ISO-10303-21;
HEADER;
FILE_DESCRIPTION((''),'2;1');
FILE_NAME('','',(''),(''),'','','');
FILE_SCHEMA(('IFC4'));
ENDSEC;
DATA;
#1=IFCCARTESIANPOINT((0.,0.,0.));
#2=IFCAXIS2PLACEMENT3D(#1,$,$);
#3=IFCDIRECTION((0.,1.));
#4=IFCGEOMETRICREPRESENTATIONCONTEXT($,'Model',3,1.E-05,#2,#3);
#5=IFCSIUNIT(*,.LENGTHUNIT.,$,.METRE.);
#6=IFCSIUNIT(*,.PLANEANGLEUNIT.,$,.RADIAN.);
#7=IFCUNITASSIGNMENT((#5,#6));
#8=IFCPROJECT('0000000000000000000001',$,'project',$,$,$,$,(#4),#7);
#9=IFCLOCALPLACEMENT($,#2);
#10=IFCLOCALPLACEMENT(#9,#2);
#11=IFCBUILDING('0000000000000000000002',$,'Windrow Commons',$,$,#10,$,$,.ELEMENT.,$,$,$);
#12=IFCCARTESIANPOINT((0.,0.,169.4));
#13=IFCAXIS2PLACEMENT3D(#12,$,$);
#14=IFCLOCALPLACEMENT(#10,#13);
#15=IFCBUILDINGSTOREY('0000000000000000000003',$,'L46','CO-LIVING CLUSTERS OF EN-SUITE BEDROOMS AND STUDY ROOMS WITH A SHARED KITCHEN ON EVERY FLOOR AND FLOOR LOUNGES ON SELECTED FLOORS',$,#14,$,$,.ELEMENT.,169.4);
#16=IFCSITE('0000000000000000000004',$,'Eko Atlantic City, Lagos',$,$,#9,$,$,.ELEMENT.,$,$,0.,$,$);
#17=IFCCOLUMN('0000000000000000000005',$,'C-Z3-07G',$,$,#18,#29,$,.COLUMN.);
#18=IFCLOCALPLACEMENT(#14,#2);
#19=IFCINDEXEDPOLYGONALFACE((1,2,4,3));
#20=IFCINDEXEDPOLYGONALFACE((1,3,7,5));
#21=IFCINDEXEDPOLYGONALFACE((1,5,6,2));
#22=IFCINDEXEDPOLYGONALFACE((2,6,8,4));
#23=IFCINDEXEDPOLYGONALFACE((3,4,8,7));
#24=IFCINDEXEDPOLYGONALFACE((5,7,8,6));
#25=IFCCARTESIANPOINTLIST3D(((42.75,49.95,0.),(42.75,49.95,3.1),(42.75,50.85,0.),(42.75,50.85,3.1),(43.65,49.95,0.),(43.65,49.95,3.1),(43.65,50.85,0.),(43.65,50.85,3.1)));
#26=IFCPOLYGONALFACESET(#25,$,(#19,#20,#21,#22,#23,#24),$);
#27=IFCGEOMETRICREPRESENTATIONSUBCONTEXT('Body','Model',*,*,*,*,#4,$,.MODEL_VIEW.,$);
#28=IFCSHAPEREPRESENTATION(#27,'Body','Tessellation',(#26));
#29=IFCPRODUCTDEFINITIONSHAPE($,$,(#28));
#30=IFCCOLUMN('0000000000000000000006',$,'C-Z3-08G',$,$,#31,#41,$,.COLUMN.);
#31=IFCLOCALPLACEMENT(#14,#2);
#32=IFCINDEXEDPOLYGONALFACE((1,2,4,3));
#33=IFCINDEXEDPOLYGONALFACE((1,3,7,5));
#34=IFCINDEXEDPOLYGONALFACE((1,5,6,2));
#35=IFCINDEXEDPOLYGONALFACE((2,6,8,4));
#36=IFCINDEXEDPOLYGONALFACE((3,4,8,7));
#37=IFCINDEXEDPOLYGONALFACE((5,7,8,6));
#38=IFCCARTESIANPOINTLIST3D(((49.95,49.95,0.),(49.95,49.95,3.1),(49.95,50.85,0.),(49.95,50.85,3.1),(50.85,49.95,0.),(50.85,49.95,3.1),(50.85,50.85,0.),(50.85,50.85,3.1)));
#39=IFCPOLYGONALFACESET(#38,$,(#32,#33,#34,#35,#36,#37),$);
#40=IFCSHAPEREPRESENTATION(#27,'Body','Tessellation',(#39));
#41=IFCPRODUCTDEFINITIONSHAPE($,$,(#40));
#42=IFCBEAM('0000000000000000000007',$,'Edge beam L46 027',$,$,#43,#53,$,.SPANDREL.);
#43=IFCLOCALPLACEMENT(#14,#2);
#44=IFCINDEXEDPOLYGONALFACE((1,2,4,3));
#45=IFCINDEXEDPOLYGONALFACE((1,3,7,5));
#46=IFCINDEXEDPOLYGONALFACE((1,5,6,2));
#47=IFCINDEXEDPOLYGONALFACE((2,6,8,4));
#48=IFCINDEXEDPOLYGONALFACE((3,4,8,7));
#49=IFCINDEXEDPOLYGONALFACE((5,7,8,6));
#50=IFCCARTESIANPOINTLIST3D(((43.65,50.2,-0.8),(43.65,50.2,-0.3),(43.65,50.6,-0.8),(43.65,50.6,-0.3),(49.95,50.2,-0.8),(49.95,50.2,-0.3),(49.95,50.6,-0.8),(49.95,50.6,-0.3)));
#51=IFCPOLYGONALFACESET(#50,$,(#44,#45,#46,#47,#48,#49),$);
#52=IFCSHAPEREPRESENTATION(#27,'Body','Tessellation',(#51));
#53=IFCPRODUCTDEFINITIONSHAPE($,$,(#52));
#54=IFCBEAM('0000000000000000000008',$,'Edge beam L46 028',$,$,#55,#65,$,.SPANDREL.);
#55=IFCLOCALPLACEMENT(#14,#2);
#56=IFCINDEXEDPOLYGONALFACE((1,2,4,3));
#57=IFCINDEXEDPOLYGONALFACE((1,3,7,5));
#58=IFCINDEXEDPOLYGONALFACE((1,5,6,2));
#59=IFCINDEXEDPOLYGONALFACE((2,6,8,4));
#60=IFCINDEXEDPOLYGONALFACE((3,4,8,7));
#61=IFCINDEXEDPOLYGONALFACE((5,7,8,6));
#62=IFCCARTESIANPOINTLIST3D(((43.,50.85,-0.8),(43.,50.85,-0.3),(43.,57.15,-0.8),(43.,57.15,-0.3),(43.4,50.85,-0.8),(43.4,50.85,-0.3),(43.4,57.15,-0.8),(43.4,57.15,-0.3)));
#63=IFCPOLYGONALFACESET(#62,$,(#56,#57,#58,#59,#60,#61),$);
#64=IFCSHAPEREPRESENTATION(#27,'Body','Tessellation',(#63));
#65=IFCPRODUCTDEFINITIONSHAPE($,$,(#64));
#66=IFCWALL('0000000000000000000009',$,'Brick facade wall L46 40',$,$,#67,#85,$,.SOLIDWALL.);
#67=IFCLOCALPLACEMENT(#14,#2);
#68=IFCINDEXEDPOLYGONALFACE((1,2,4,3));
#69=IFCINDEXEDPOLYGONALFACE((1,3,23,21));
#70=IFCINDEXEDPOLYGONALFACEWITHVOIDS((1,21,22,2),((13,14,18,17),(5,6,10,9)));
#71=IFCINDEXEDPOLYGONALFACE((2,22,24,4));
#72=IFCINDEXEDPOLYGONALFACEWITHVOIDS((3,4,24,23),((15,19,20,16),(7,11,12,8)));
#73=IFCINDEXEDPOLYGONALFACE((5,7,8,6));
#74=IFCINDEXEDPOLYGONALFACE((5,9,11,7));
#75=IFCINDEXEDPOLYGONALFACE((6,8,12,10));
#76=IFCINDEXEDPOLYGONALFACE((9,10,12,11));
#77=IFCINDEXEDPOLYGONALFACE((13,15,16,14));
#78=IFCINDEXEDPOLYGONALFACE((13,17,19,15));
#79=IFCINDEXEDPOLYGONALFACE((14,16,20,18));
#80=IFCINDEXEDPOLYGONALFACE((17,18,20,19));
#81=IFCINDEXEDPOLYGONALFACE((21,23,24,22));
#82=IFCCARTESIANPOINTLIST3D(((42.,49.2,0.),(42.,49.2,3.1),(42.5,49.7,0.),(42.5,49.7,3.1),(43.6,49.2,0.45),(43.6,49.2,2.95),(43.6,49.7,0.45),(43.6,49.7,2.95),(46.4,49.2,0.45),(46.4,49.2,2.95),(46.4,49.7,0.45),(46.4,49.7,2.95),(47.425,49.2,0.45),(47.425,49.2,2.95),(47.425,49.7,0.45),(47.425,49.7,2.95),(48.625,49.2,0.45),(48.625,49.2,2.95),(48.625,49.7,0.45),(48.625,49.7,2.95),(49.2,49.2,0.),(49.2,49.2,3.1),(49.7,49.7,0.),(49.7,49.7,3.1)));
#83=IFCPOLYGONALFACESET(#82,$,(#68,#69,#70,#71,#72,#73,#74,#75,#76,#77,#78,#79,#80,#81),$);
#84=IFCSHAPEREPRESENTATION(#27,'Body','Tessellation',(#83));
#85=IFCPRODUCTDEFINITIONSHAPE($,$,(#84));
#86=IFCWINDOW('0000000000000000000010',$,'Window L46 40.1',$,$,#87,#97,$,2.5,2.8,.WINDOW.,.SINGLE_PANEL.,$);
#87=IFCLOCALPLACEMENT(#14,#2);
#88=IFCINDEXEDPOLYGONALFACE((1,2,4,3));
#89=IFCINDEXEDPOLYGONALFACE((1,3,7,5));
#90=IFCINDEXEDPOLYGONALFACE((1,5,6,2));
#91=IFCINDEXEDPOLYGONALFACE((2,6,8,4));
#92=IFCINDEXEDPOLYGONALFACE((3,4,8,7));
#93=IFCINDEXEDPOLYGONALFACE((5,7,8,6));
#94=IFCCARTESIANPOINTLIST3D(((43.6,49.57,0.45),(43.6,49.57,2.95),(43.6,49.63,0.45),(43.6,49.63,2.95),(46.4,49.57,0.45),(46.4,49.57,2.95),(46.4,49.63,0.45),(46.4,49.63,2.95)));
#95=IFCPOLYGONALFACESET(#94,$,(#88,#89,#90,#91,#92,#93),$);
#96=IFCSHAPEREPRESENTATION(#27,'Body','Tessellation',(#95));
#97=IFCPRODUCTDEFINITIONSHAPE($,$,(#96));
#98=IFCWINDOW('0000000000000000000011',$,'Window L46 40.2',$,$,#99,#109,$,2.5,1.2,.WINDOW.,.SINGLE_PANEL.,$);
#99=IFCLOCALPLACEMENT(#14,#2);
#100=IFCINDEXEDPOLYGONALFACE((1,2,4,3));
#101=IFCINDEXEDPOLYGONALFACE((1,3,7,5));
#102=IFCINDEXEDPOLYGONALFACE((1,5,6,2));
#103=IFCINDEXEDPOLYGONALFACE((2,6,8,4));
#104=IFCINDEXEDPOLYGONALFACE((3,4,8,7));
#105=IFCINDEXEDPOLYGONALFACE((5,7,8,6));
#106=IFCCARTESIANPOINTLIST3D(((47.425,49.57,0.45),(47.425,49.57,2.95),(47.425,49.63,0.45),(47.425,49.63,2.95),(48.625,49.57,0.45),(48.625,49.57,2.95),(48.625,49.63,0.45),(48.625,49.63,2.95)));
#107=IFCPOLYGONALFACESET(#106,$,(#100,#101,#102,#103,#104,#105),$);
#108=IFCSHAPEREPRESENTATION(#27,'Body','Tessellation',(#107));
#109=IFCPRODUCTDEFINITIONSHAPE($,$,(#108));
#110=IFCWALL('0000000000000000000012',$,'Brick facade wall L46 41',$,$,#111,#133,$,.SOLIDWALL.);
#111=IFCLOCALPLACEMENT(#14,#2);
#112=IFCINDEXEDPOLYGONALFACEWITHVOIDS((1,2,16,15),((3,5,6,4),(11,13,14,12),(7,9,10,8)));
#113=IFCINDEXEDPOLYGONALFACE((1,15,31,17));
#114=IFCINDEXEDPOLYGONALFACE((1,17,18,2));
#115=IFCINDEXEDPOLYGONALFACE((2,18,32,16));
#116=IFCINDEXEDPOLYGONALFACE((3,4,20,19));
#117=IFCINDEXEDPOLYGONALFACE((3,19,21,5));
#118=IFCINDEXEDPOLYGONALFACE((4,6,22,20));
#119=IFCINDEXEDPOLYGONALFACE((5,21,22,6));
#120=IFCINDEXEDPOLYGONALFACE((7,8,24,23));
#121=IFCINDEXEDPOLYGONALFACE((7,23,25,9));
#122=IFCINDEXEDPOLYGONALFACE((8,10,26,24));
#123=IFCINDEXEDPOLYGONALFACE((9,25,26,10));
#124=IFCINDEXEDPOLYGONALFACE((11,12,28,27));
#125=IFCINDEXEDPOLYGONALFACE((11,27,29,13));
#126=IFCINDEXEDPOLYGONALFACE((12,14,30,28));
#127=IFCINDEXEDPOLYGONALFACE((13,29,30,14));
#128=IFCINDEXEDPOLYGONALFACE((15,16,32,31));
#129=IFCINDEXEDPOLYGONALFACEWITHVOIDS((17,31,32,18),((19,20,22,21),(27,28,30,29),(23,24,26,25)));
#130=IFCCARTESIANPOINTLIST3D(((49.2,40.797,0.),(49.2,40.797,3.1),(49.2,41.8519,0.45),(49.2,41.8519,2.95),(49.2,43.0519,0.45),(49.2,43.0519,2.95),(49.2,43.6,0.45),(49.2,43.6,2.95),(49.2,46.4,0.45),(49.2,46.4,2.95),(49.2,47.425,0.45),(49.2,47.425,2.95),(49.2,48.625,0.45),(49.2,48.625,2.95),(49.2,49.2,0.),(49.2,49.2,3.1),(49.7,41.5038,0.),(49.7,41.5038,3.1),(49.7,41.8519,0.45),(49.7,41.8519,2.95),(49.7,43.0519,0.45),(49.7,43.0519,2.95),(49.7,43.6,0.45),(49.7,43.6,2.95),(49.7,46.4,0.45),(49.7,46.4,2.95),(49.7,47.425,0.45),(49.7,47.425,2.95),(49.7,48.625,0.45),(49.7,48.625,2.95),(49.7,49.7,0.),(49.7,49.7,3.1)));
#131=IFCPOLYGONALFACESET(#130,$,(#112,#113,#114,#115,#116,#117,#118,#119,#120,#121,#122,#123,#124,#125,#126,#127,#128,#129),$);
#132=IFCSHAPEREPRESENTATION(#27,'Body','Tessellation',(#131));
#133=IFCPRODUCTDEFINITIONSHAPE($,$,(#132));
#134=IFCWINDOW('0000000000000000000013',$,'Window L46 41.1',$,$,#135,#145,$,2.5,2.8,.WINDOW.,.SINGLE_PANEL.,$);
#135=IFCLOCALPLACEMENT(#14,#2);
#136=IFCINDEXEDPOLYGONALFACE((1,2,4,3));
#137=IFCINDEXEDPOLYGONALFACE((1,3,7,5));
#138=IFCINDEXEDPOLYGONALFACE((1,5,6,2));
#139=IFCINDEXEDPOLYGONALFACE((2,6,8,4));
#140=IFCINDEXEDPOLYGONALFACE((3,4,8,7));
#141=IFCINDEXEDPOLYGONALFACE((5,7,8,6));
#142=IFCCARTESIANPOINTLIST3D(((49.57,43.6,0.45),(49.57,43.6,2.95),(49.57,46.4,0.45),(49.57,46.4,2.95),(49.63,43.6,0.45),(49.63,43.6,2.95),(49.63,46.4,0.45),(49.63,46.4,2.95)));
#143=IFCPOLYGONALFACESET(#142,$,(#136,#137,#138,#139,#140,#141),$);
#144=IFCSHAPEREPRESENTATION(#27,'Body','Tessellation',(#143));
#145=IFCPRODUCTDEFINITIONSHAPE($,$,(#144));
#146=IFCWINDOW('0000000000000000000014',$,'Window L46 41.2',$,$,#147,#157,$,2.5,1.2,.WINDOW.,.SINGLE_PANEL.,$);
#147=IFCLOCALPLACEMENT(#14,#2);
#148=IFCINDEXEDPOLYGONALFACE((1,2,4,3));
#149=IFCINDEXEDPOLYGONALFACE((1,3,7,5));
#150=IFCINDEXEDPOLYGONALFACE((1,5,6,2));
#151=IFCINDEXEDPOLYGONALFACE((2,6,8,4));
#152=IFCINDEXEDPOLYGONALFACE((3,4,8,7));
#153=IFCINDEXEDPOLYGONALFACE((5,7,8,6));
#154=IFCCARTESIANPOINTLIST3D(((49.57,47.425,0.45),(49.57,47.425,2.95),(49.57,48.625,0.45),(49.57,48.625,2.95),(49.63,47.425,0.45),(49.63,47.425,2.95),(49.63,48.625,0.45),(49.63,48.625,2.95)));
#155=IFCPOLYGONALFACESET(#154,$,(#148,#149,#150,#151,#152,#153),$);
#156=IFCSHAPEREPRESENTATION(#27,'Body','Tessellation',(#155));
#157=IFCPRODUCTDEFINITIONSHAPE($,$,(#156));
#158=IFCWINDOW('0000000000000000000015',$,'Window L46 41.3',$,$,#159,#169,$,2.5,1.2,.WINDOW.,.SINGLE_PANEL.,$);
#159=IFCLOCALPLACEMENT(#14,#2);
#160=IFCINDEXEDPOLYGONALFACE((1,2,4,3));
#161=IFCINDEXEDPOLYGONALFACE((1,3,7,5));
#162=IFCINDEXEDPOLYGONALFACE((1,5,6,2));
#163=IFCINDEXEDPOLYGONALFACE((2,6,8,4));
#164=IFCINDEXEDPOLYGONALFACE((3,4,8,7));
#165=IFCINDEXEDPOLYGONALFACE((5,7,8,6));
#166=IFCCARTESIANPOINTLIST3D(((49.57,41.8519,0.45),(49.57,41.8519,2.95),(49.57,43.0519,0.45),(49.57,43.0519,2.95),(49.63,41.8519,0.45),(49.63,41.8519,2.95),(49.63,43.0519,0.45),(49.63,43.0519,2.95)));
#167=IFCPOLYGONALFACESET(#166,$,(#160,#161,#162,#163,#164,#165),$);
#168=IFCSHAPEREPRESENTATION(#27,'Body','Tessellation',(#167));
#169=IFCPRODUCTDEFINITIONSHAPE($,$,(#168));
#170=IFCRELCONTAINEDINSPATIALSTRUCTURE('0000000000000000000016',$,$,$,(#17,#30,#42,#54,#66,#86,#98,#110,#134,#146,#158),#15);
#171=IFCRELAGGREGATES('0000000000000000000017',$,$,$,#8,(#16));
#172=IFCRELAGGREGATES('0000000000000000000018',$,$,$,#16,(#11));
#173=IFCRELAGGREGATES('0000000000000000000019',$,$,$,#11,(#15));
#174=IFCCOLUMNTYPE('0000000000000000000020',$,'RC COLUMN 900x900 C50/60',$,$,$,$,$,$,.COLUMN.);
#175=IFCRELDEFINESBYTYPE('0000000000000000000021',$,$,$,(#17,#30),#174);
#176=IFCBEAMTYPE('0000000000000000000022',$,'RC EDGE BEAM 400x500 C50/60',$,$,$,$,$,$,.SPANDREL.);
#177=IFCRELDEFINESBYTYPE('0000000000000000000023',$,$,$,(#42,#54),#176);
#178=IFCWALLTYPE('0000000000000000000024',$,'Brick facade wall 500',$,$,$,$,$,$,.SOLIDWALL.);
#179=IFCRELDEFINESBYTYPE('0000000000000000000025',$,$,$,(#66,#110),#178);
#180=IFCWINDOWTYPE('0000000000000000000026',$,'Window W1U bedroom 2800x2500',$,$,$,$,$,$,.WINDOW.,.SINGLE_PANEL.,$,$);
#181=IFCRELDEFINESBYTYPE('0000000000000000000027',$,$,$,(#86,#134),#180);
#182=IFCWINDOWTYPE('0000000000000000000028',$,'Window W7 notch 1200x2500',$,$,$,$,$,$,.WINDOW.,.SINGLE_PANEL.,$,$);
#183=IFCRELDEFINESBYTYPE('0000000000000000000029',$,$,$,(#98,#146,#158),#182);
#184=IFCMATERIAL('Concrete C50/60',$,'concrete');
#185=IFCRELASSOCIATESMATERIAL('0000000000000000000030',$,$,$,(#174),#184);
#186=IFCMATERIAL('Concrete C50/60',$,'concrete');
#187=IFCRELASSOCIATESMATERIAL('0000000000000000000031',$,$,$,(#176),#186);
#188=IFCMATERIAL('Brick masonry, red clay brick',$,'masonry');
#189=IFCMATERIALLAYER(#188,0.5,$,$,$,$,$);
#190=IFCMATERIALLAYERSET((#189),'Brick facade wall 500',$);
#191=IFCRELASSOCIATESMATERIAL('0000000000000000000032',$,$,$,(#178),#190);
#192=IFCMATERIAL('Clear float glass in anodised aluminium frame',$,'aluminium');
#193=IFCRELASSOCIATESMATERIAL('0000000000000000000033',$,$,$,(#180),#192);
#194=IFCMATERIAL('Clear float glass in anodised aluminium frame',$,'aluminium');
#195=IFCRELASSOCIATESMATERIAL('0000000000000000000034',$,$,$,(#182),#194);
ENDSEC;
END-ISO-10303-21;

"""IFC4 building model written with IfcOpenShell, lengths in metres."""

from ifc_helpers import new_model, si_unit, direction, frame, frame_2d, origin, origin_2d, place, context, subcontext, project, spatial, polyline, rectangle, outline, extrude, material, layer, layer_set, material_profile, profile_set, type_object, element, fill, save


model = new_model("IFC4")

# Units and contexts
model_context = context("Model", 3, precision=1e-05, world=origin(), true_north=direction((0.0, 1.0)))
body_context = subcontext(model_context, "Body", "Model", "MODEL_VIEW")
ifc_project = project(units=[si_unit("LENGTHUNIT", "METRE"), si_unit("PLANEANGLEUNIT", "RADIAN")], contexts=[model_context])

# Site, building, storey
site_placement = place(None, origin())
site = spatial("IfcSite", under=ifc_project, at=site_placement, Name="Eko Atlantic City, Lagos", CompositionType="ELEMENT", RefElevation=0.0)
building_placement = place(site_placement, origin())
building = spatial("IfcBuilding", under=site, at=building_placement, Name="Windrow Commons", CompositionType="ELEMENT")
storey_placement = place(building_placement, frame((0.0, 0.0, 169.4)))
storey = spatial("IfcBuildingStorey", under=building, at=storey_placement, Name="L46", Description="CO-LIVING CLUSTERS OF EN-SUITE BEDROOMS AND STUDY ROOMS WITH A SHARED KITCHEN ON EVERY FLOOR AND FLOOR LOUNGES ON SELECTED FLOORS", CompositionType="ELEMENT", Elevation=169.4)

# Columns
ifc_material_1 = material(Name="Concrete C50/60", Category="concrete")
ifc_material_profile_1 = material_profile(ifc_material_1, rectangle(XDim=0.9, YDim=0.9, at=origin_2d()))
ifc_profile_set_1 = profile_set([ifc_material_profile_1], Name="Concrete C50/60")
column_type = type_object("IfcColumnType", Name="RC COLUMN 900x900 C50/60", PredefinedType="COLUMN", material=ifc_profile_set_1)
for number, where, z_axis, x_axis, name in (
    (1, (43.2, 50.4, 0.0), (0.0, 0.0, 1.0), (1.0, 0.0, 0.0), "C-Z3-07G"),
    (2, (50.4, 50.4, 0.0), (0.0, 0.0, 1.0), (1.0, 0.0, 0.0), "C-Z3-08G"),
):
    element("IfcColumn", number, at=place(storey_placement, frame(where, z_axis=z_axis, x_axis=x_axis)), inside=storey, type_object=column_type, Name=name, PredefinedType="COLUMN", context=body_context, shape_type="SweptSolid", body=[
        extrude(rectangle(XDim=0.9, YDim=0.9, at=origin_2d()), origin(), (0.0, 0.0, 1.0), 3.1),
    ])

# Beams
ifc_material_2 = material(Name="Concrete C50/60", Category="concrete")
ifc_material_profile_2 = material_profile(ifc_material_2, rectangle(XDim=0.4, YDim=0.5, at=origin_2d()))
ifc_profile_set_2 = profile_set([ifc_material_profile_2], Name="Concrete C50/60")
beam_type = type_object("IfcBeamType", Name="RC EDGE BEAM 400x500 C50/60", PredefinedType="SPANDREL", material=ifc_profile_set_2)
for number, where, z_axis, x_axis, name in (
    (3, (49.95, 50.4, -0.55), (-1.0, 0.0, 0.0), (0.0, -1.0, 0.0), "Edge beam L46 027"),
    (4, (43.2, 50.85, -0.55), (0.0, 1.0, 0.0), (-1.0, 0.0, 0.0), "Edge beam L46 028"),
):
    element("IfcBeam", number, at=place(storey_placement, frame(where, z_axis=z_axis, x_axis=x_axis)), inside=storey, type_object=beam_type, Name=name, PredefinedType="SPANDREL", context=body_context, shape_type="SweptSolid", body=[
        extrude(rectangle(XDim=0.4, YDim=0.5, at=origin_2d()), origin(), (0.0, 0.0, 1.0), 6.3),
    ])

# Walls, openings, windows
ifc_material_3 = material(Name="Brick masonry, red clay brick", Category="masonry")
ifc_layer_1 = layer(ifc_material_3, 0.5)
ifc_layer_set_1 = layer_set([ifc_layer_1], Name="Brick facade wall 500")
wall_type_1 = type_object("IfcWallType", Name="Brick facade wall 500", PredefinedType="SOLIDWALL", material=ifc_layer_set_1)
wall_1_placement = place(storey_placement, frame((42.25, 49.45, 0.0), z_axis=(0.0, 0.0, 1.0), x_axis=(1.0, 0.0, 0.0)))
wall_1 = element("IfcWall", 5, at=wall_1_placement, inside=storey, type_object=wall_type_1, Name="Brick facade wall L46 40", PredefinedType="SOLIDWALL", context=body_context, shape_type="SweptSolid", body=[
    extrude(outline(polyline([(-0.25, -0.25), (6.95, -0.25), (7.45, 0.25), (0.25, 0.25), (-0.25, -0.25)])), origin(), (0.0, 0.0, 1.0), 3.1),
])
opening_1_placement = place(wall_1_placement, frame((1.35, 0.0, 0.45)))
opening_1 = element("IfcOpeningElement", 6, at=opening_1_placement, cuts=wall_1, PredefinedType="OPENING", context=body_context, shape_type="SweptSolid", body=[
    extrude(rectangle(XDim=2.8, YDim=2.5, at=frame_2d((1.4, 1.25))), frame((0.0, 0.26, 0.0), z_axis=(0.0, -1.0, 0.0), x_axis=(1.0, 0.0, 0.0)), (0.0, 0.0, 1.0), 0.52),
])
opening_2_placement = place(wall_1_placement, frame((5.175, 0.0, 0.45)))
opening_2 = element("IfcOpeningElement", 7, at=opening_2_placement, cuts=wall_1, PredefinedType="OPENING", context=body_context, shape_type="SweptSolid", body=[
    extrude(rectangle(XDim=1.2, YDim=2.5, at=frame_2d((0.6, 1.25))), frame((0.0, 0.26, 0.0), z_axis=(0.0, -1.0, 0.0), x_axis=(1.0, 0.0, 0.0)), (0.0, 0.0, 1.0), 0.52),
])
ifc_material_4 = material(Name="Clear float glass in anodised aluminium frame", Category="aluminium")
window_type_1 = type_object("IfcWindowType", Name="Window W1U bedroom 2800x2500", PartitioningType="SINGLE_PANEL", PredefinedType="WINDOW", material=ifc_material_4)
window_1_placement = place(opening_1_placement, origin())
window_1 = element("IfcWindow", 8, at=window_1_placement, inside=storey, type_object=window_type_1, Name="Window L46 40.1", OverallHeight=2.5, OverallWidth=2.8, PartitioningType="SINGLE_PANEL", PredefinedType="WINDOW", context=body_context, shape_type="SweptSolid", body=[
    extrude(rectangle(XDim=2.8, YDim=2.5, at=frame_2d((1.4, 1.25))), frame((0.0, 0.18, 0.0), z_axis=(0.0, -1.0, 0.0), x_axis=(1.0, 0.0, 0.0)), (0.0, 0.0, 1.0), 0.06),
])
fill(opening_1, window_1)
ifc_material_5 = material(Name="Clear float glass in anodised aluminium frame", Category="aluminium")
window_type_2 = type_object("IfcWindowType", Name="Window W7 notch 1200x2500", PartitioningType="SINGLE_PANEL", PredefinedType="WINDOW", material=ifc_material_5)
window_2_placement = place(opening_2_placement, origin())
window_2 = element("IfcWindow", 9, at=window_2_placement, inside=storey, type_object=window_type_2, Name="Window L46 40.2", OverallHeight=2.5, OverallWidth=1.2, PartitioningType="SINGLE_PANEL", PredefinedType="WINDOW", context=body_context, shape_type="SweptSolid", body=[
    extrude(rectangle(XDim=1.2, YDim=2.5, at=frame_2d((0.6, 1.25))), frame((0.0, 0.18, 0.0), z_axis=(0.0, -1.0, 0.0), x_axis=(1.0, 0.0, 0.0)), (0.0, 0.0, 1.0), 0.06),
])
fill(opening_2, window_2)
wall_2_placement = place(storey_placement, frame((49.45, 49.45, 0.0), z_axis=(0.0, 0.0, 1.0), x_axis=(0.0, -1.0, 0.0)))
wall_2 = element("IfcWall", 10, at=wall_2_placement, inside=storey, type_object=wall_type_1, Name="Brick facade wall L46 41", PredefinedType="SOLIDWALL", context=body_context, shape_type="SweptSolid", body=[
    extrude(outline(polyline([(0.25, -0.25), (8.653, -0.25), (7.9462, 0.25), (-0.25, 0.25), (0.25, -0.25)])), origin(), (0.0, 0.0, 1.0), 3.1),
])
opening_3_placement = place(wall_2_placement, frame((3.05, 0.0, 0.45)))
opening_3 = element("IfcOpeningElement", 11, at=opening_3_placement, cuts=wall_2, PredefinedType="OPENING", context=body_context, shape_type="SweptSolid", body=[
    extrude(rectangle(XDim=2.8, YDim=2.5, at=frame_2d((1.4, 1.25))), frame((0.0, 0.26, 0.0), z_axis=(0.0, -1.0, 0.0), x_axis=(1.0, 0.0, 0.0)), (0.0, 0.0, 1.0), 0.52),
])
opening_4_placement = place(wall_2_placement, frame((0.825, 0.0, 0.45)))
opening_4 = element("IfcOpeningElement", 12, at=opening_4_placement, cuts=wall_2, PredefinedType="OPENING", context=body_context, shape_type="SweptSolid", body=[
    extrude(rectangle(XDim=1.2, YDim=2.5, at=frame_2d((0.6, 1.25))), frame((0.0, 0.26, 0.0), z_axis=(0.0, -1.0, 0.0), x_axis=(1.0, 0.0, 0.0)), (0.0, 0.0, 1.0), 0.52),
])
opening_5_placement = place(wall_2_placement, frame((6.3981, 0.0, 0.45)))
opening_5 = element("IfcOpeningElement", 13, at=opening_5_placement, cuts=wall_2, PredefinedType="OPENING", context=body_context, shape_type="SweptSolid", body=[
    extrude(rectangle(XDim=1.2, YDim=2.5, at=frame_2d((0.6, 1.25))), frame((0.0, 0.26, 0.0), z_axis=(0.0, -1.0, 0.0), x_axis=(1.0, 0.0, 0.0)), (0.0, 0.0, 1.0), 0.52),
])
window_3_placement = place(opening_3_placement, origin())
window_3 = element("IfcWindow", 14, at=window_3_placement, inside=storey, type_object=window_type_1, Name="Window L46 41.1", OverallHeight=2.5, OverallWidth=2.8, PartitioningType="SINGLE_PANEL", PredefinedType="WINDOW", context=body_context, shape_type="SweptSolid", body=[
    extrude(rectangle(XDim=2.8, YDim=2.5, at=frame_2d((1.4, 1.25))), frame((0.0, 0.18, 0.0), z_axis=(0.0, -1.0, 0.0), x_axis=(1.0, 0.0, 0.0)), (0.0, 0.0, 1.0), 0.06),
])
fill(opening_3, window_3)
window_4_placement = place(opening_4_placement, origin())
window_4 = element("IfcWindow", 15, at=window_4_placement, inside=storey, type_object=window_type_2, Name="Window L46 41.2", OverallHeight=2.5, OverallWidth=1.2, PartitioningType="SINGLE_PANEL", PredefinedType="WINDOW", context=body_context, shape_type="SweptSolid", body=[
    extrude(rectangle(XDim=1.2, YDim=2.5, at=frame_2d((0.6, 1.25))), frame((0.0, 0.18, 0.0), z_axis=(0.0, -1.0, 0.0), x_axis=(1.0, 0.0, 0.0)), (0.0, 0.0, 1.0), 0.06),
])
fill(opening_4, window_4)
window_5_placement = place(opening_5_placement, origin())
window_5 = element("IfcWindow", 16, at=window_5_placement, inside=storey, type_object=window_type_2, Name="Window L46 41.3", OverallHeight=2.5, OverallWidth=1.2, PartitioningType="SINGLE_PANEL", PredefinedType="WINDOW", context=body_context, shape_type="SweptSolid", body=[
    extrude(rectangle(XDim=1.2, YDim=2.5, at=frame_2d((0.6, 1.25))), frame((0.0, 0.18, 0.0), z_axis=(0.0, -1.0, 0.0), x_axis=(1.0, 0.0, 0.0)), (0.0, 0.0, 1.0), 0.06),
])
fill(opening_5, window_5)

save(model, "model.ifc")
